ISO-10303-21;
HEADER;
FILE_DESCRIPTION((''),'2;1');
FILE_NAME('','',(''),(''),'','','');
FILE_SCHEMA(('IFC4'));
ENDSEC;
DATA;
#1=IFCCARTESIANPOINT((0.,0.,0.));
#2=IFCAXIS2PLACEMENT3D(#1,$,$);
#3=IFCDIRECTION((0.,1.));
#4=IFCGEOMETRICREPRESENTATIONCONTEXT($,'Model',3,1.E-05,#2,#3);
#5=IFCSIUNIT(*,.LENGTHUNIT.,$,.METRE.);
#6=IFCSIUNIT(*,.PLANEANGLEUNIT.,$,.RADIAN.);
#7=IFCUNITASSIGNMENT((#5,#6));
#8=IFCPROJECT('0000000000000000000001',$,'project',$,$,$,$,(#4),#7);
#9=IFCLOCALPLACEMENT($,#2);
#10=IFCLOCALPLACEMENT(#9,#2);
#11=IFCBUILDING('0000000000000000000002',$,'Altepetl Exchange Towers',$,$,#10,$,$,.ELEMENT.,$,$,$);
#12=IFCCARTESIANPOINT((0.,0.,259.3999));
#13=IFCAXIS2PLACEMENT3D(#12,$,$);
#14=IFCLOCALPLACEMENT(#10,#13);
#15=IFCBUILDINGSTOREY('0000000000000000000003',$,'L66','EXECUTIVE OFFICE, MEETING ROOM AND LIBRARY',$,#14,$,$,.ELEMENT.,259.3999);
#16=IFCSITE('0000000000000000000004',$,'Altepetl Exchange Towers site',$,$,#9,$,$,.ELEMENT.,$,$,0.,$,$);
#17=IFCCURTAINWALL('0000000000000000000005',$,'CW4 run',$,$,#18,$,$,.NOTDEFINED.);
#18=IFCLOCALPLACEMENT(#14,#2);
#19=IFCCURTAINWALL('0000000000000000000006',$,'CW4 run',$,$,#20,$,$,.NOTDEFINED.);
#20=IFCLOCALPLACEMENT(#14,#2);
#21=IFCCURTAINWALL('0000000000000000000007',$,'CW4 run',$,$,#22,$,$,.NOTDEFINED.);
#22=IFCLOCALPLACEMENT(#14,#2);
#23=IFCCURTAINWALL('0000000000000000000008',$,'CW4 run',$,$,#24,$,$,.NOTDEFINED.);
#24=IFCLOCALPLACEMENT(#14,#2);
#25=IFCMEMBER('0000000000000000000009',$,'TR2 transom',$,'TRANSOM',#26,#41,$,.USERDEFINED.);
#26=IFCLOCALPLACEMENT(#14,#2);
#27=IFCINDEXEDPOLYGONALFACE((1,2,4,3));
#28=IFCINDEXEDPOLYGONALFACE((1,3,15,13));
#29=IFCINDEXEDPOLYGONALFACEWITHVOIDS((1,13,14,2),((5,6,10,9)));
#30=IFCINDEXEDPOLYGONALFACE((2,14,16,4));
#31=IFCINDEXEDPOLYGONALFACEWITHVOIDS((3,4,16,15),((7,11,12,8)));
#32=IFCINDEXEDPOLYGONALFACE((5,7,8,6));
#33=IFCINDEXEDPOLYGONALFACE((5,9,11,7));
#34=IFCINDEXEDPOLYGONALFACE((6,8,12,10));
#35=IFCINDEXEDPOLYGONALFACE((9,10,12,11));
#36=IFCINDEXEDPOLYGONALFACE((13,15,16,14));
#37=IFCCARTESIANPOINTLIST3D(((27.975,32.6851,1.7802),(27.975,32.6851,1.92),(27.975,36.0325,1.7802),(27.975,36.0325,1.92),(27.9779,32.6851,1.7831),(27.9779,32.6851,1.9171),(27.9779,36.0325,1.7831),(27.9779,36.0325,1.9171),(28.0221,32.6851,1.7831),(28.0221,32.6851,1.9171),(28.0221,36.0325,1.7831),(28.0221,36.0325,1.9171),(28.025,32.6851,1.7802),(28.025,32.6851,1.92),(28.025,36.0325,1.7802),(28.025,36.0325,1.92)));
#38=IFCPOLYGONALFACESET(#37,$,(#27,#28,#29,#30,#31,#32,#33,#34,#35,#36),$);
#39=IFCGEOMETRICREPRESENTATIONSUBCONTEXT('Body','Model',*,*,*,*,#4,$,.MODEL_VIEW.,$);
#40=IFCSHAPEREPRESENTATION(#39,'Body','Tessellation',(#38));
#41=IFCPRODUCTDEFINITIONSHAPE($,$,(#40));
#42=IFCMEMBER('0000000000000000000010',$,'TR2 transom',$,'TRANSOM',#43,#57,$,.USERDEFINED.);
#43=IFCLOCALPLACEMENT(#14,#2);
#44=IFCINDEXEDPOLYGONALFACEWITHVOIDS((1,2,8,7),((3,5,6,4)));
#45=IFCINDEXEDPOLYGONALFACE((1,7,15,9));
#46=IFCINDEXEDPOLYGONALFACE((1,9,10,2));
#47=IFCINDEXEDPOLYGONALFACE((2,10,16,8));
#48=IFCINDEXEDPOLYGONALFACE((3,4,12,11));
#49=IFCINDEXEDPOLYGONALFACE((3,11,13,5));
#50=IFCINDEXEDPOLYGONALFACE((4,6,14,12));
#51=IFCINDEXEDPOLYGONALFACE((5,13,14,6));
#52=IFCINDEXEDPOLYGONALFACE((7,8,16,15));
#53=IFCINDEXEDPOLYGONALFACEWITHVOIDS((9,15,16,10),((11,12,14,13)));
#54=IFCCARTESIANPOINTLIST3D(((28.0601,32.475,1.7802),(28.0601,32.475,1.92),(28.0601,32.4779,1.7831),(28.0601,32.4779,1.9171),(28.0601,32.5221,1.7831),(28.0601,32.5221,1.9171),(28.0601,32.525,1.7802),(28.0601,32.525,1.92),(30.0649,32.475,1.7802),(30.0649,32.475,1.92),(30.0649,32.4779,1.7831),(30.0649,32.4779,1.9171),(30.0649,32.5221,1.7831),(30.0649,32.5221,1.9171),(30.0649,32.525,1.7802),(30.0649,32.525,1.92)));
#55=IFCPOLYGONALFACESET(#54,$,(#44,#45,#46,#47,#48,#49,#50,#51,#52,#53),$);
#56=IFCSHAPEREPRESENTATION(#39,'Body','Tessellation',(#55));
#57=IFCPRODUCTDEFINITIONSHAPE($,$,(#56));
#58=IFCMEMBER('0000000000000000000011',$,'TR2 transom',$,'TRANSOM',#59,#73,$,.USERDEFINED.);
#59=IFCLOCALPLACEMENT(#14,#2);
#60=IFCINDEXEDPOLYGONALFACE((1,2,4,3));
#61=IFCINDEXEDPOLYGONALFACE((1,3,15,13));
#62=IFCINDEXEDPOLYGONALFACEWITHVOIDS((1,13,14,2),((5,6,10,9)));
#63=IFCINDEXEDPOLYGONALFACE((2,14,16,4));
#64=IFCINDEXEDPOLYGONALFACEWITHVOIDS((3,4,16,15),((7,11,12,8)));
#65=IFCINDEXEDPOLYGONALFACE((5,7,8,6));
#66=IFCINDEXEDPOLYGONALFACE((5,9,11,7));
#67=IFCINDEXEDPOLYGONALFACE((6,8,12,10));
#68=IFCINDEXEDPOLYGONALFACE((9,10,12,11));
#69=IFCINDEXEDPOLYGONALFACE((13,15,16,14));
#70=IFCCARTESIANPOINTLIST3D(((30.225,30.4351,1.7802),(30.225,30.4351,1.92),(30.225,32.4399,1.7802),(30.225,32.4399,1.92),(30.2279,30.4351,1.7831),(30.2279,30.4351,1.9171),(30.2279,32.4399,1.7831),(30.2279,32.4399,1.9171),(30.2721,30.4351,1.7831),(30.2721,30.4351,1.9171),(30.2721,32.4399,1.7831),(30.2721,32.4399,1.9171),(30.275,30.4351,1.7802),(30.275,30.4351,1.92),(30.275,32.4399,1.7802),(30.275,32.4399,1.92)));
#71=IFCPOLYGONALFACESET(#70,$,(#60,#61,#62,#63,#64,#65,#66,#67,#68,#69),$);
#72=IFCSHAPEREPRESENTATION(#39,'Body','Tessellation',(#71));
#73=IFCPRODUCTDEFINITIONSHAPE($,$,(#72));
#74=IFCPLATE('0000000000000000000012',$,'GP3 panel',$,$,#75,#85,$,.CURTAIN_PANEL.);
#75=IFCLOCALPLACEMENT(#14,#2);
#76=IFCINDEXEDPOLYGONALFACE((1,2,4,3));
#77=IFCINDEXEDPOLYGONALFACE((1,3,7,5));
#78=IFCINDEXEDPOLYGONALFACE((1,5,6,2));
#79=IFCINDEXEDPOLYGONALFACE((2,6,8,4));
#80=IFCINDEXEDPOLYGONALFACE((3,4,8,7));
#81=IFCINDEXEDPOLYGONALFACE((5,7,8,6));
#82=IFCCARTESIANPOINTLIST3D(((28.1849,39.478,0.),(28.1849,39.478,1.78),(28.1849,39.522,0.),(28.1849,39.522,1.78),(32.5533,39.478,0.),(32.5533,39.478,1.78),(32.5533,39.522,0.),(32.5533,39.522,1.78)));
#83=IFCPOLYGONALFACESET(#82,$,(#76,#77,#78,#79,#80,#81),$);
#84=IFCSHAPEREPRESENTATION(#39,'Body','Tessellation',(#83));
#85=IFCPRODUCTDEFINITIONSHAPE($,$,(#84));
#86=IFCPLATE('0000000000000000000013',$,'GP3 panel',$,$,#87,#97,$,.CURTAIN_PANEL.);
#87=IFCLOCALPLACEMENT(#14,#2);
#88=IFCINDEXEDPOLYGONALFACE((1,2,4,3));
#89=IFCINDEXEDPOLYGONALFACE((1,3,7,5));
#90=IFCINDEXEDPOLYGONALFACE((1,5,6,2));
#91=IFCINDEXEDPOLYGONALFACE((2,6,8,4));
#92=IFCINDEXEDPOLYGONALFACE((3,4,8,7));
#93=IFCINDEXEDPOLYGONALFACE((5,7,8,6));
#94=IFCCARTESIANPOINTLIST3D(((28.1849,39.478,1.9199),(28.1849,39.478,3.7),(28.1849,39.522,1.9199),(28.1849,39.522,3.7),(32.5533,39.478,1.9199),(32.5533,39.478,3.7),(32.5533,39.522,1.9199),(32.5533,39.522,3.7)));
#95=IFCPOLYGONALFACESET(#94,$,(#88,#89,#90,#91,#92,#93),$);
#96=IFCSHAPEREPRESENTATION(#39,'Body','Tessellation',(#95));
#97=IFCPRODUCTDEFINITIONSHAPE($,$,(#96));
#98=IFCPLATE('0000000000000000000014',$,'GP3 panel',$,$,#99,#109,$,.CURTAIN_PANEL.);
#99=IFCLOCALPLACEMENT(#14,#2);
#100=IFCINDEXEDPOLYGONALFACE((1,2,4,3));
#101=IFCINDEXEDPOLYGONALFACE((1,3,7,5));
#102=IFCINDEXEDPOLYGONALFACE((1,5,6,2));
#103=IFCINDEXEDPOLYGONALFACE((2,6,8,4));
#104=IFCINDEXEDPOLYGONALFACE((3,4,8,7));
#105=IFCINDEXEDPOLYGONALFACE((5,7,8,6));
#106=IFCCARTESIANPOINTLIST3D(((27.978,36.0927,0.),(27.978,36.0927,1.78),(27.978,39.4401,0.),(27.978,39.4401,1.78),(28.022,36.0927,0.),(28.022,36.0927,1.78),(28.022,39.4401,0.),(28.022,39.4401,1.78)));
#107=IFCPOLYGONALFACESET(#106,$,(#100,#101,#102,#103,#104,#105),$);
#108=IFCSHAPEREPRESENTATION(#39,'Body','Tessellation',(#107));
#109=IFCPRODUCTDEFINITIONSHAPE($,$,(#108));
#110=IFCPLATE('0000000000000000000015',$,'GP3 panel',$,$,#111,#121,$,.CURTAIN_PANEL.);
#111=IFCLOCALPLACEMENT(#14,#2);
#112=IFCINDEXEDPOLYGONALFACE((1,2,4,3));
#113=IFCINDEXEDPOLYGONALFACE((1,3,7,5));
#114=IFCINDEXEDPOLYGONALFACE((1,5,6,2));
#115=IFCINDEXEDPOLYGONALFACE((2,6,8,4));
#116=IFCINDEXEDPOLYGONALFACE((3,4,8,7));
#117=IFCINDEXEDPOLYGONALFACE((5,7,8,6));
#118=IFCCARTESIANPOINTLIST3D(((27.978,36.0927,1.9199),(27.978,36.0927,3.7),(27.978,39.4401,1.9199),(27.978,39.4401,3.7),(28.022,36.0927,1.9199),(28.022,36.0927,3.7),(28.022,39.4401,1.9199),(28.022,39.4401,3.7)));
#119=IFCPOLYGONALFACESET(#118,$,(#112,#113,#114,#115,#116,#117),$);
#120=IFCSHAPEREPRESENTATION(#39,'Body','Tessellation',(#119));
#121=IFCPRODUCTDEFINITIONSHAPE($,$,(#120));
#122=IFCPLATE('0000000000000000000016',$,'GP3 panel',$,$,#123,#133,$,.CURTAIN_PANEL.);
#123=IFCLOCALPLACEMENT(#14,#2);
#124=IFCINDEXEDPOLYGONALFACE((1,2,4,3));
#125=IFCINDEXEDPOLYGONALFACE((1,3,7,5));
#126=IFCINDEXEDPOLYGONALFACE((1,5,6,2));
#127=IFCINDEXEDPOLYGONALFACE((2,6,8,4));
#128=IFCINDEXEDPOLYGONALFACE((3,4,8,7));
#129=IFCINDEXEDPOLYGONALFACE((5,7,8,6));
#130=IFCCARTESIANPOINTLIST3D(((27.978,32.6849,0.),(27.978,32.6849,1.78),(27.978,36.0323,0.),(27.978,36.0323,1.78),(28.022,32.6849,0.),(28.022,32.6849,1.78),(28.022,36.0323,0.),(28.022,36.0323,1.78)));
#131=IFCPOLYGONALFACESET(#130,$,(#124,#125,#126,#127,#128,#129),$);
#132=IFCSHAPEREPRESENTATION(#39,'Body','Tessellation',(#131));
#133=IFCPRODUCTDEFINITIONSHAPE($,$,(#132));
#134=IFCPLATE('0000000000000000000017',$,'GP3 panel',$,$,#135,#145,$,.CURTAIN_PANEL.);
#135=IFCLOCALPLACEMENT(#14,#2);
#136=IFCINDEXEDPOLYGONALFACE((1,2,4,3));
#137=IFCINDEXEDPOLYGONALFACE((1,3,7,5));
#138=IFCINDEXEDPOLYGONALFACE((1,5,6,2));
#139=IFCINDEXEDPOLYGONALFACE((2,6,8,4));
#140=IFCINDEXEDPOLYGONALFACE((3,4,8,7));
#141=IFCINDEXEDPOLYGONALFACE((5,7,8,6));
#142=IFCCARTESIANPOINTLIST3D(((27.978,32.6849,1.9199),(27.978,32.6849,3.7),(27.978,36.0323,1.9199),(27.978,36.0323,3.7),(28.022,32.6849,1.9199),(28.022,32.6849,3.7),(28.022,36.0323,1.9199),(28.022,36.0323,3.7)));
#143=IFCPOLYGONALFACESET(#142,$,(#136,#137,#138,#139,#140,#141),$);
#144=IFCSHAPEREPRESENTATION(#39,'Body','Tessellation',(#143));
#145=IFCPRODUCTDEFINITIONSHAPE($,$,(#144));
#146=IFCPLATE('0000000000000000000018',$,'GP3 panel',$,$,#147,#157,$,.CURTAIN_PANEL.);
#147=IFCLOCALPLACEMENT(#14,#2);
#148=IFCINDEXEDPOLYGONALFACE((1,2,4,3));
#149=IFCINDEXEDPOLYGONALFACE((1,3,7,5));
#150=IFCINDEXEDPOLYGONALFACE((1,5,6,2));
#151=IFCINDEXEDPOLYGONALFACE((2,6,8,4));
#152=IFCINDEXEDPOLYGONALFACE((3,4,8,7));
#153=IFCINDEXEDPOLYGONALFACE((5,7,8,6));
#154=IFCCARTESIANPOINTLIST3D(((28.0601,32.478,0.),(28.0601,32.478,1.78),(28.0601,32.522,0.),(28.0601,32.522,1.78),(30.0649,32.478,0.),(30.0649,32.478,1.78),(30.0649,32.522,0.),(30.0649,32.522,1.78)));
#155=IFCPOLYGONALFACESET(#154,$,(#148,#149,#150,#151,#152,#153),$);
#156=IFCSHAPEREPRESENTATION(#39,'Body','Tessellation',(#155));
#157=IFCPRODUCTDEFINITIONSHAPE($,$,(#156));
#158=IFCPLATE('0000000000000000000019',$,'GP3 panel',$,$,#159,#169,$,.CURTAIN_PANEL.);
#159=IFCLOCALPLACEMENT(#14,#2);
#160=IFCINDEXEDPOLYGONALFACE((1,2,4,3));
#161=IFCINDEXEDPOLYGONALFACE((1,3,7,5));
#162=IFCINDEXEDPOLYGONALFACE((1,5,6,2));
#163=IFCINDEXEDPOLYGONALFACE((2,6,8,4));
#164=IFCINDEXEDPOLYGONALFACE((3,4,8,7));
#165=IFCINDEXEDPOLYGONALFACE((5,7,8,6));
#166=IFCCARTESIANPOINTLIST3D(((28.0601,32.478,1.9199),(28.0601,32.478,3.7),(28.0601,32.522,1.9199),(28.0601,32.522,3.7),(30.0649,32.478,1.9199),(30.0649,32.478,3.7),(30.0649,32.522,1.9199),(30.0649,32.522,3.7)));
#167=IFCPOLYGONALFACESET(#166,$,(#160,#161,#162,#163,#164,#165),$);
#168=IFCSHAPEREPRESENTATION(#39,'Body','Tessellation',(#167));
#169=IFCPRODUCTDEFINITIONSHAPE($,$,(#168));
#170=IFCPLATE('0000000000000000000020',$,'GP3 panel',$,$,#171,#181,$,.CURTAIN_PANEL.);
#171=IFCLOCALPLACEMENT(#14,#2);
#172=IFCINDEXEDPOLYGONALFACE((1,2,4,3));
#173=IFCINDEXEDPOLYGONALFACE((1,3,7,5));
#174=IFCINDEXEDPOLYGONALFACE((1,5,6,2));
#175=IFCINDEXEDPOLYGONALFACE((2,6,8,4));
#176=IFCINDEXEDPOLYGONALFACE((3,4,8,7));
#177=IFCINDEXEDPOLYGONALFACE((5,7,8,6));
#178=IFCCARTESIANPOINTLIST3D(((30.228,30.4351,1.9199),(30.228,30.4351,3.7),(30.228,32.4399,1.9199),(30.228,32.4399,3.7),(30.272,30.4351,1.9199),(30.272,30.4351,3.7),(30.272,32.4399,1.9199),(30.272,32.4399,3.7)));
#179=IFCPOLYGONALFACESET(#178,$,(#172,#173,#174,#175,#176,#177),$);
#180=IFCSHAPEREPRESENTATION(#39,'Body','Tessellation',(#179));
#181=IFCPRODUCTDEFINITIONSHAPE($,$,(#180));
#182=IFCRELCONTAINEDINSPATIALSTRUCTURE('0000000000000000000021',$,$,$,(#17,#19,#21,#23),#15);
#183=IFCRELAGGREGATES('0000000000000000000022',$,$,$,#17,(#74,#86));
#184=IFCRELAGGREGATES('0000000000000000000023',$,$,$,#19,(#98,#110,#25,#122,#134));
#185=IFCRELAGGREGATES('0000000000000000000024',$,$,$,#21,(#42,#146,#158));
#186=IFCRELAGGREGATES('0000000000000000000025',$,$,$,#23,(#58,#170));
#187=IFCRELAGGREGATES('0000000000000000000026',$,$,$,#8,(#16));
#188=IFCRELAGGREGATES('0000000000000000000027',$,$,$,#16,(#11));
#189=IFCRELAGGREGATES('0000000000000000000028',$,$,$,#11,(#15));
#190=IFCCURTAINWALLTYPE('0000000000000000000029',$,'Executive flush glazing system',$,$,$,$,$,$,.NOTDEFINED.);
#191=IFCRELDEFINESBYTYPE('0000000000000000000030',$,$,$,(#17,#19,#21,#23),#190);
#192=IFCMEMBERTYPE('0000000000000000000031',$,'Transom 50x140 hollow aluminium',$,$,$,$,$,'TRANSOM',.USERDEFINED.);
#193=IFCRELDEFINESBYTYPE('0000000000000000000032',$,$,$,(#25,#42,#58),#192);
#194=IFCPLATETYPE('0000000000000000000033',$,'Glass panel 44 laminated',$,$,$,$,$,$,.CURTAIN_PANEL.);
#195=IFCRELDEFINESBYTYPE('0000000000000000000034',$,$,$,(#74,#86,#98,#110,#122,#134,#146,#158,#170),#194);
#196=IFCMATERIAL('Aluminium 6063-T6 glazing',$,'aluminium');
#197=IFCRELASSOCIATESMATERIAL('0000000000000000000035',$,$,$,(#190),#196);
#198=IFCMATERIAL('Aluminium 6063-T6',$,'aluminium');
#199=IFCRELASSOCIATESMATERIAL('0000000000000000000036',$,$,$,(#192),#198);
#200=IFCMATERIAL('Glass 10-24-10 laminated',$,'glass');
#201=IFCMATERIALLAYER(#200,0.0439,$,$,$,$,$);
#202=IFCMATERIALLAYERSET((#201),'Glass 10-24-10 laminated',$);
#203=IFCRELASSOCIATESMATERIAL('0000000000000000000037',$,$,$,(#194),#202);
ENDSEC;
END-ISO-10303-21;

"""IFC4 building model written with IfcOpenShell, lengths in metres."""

from ifc_helpers import new_model, si_unit, direction, frame, origin, origin_2d, place, context, subcontext, project, spatial, rectangle, hollow_rectangle, extrude, material, layer, layer_set, material_profile, profile_set, type_object, element, aggregate, save


model = new_model("IFC4")

# Units and contexts
model_context = context("Model", 3, precision=1e-05, world=origin(), true_north=direction((0.0, 1.0)))
body_context = subcontext(model_context, "Body", "Model", "MODEL_VIEW")
ifc_project = project(units=[si_unit("LENGTHUNIT", "METRE"), si_unit("PLANEANGLEUNIT", "RADIAN")], contexts=[model_context])

# Site, building, storey
site_placement = place(None, origin())
site = spatial("IfcSite", under=ifc_project, at=site_placement, Name="Altepetl Exchange Towers site", CompositionType="ELEMENT", RefElevation=0.0)
building_placement = place(site_placement, origin())
building = spatial("IfcBuilding", under=site, at=building_placement, Name="Altepetl Exchange Towers", CompositionType="ELEMENT")
storey_placement = place(building_placement, frame((0.0, 0.0, 259.3999)))
storey = spatial("IfcBuildingStorey", under=building, at=storey_placement, Name="L66", Description="EXECUTIVE OFFICE, MEETING ROOM AND LIBRARY", CompositionType="ELEMENT", Elevation=259.3999)

# Curtain wall
ifc_material_1 = material(Name="Aluminium 6063-T6 glazing", Category="aluminium")
curtain_wall_type = type_object("IfcCurtainWallType", Name="Executive flush glazing system", PredefinedType="NOTDEFINED", material=ifc_material_1)
curtain_wall_1_placement = place(storey_placement, origin())
curtain_wall_1 = element("IfcCurtainWall", 1, at=curtain_wall_1_placement, inside=storey, type_object=curtain_wall_type, Name="CW4 run", PredefinedType="NOTDEFINED")
ifc_material_2 = material(Name="Aluminium 6063-T6", Category="aluminium")

# Curtain walls
curtain_wall_2_placement = place(storey_placement, origin())
curtain_wall_2 = element("IfcCurtainWall", 2, at=curtain_wall_2_placement, inside=storey, type_object=curtain_wall_type, Name="CW4 run", PredefinedType="NOTDEFINED")
curtain_wall_3_placement = place(storey_placement, origin())
curtain_wall_3 = element("IfcCurtainWall", 3, at=curtain_wall_3_placement, inside=storey, type_object=curtain_wall_type, Name="CW4 run", PredefinedType="NOTDEFINED")

# Curtain wall
curtain_wall_4_placement = place(storey_placement, origin())
curtain_wall_4 = element("IfcCurtainWall", 4, at=curtain_wall_4_placement, inside=storey, type_object=curtain_wall_type, Name="CW4 run", PredefinedType="NOTDEFINED")

# Members
ifc_material_profile_1 = material_profile(ifc_material_2, hollow_rectangle(XDim=0.05, YDim=0.1399, WallThickness=0.0029, at=origin_2d()), Name="Transom 50x140 hollow aluminium")
ifc_profile_set_1 = profile_set([ifc_material_profile_1], Name="Aluminium 6063-T6")
member_type_1 = type_object("IfcMemberType", Name="Transom 50x140 hollow aluminium", ElementType="TRANSOM", PredefinedType="USERDEFINED", material=ifc_profile_set_1)
member_1_placement = place(storey_placement, frame((28.0, 36.0325, 1.8501), z_axis=(0.0, -1.0, 0.0), x_axis=(1.0, 0.0, 0.0)))
member_1 = element("IfcMember", 5, at=member_1_placement, type_object=member_type_1, Name="TR2 transom", ObjectType="TRANSOM", PredefinedType="USERDEFINED", context=body_context, shape_type="SweptSolid", body=[
    extrude(hollow_rectangle(XDim=0.05, YDim=0.1399, WallThickness=0.0029, at=origin_2d()), origin(), (0.0, 0.0, 1.0), 3.3474),
])
member_2_placement = place(storey_placement, frame((28.0601, 32.5, 1.8501), z_axis=(1.0, 0.0, 0.0), x_axis=(0.0, 1.0, 0.0)))
member_2 = element("IfcMember", 6, at=member_2_placement, type_object=member_type_1, Name="TR2 transom", ObjectType="TRANSOM", PredefinedType="USERDEFINED", context=body_context, shape_type="SweptSolid", body=[
    extrude(hollow_rectangle(XDim=0.05, YDim=0.1399, WallThickness=0.0029, at=origin_2d()), origin(), (0.0, 0.0, 1.0), 2.0049),
])
member_3_placement = place(storey_placement, frame((30.25, 32.4399, 1.8501), z_axis=(0.0, -1.0, 0.0), x_axis=(1.0, 0.0, 0.0)))
member_3 = element("IfcMember", 7, at=member_3_placement, type_object=member_type_1, Name="TR2 transom", ObjectType="TRANSOM", PredefinedType="USERDEFINED", context=body_context, shape_type="SweptSolid", body=[
    extrude(hollow_rectangle(XDim=0.05, YDim=0.1399, WallThickness=0.0029, at=origin_2d()), origin(), (0.0, 0.0, 1.0), 2.0049),
])

# Plates
ifc_material_3 = material(Name="Glass 10-24-10 laminated", Category="glass")
ifc_layer = layer(ifc_material_3, 0.0439)
ifc_layer_set = layer_set([ifc_layer], Name="Glass 10-24-10 laminated")
plate_type = type_object("IfcPlateType", Name="Glass panel 44 laminated", PredefinedType="CURTAIN_PANEL", material=ifc_layer_set)
plate_1_placement = place(storey_placement, frame((30.3691, 39.5, 0.0), z_axis=(0.0, 0.0, 1.0), x_axis=(-1.0, 0.0, 0.0)))
plate_1 = element("IfcPlate", 8, at=plate_1_placement, type_object=plate_type, Name="GP3 panel", PredefinedType="CURTAIN_PANEL", context=body_context, shape_type="SweptSolid", body=[
    extrude(rectangle(XDim=4.3684, YDim=0.0439, at=origin_2d()), origin(), (0.0, 0.0, 1.0), 1.78),
])
plate_2_placement = place(storey_placement, frame((30.3691, 39.5, 1.9199), z_axis=(0.0, 0.0, 1.0), x_axis=(-1.0, 0.0, 0.0)))
plate_2 = element("IfcPlate", 9, at=plate_2_placement, type_object=plate_type, Name="GP3 panel", PredefinedType="CURTAIN_PANEL", context=body_context, shape_type="SweptSolid", body=[
    extrude(rectangle(XDim=4.3684, YDim=0.0439, at=origin_2d()), origin(), (0.0, 0.0, 1.0), 1.78),
])
aggregate(curtain_wall_1, [plate_1, plate_2])
plate_3_placement = place(storey_placement, frame((28.0, 37.7664, 0.0), z_axis=(0.0, 0.0, 1.0), x_axis=(0.0, -1.0, 0.0)))
plate_3 = element("IfcPlate", 10, at=plate_3_placement, type_object=plate_type, Name="GP3 panel", PredefinedType="CURTAIN_PANEL", context=body_context, shape_type="SweptSolid", body=[
    extrude(rectangle(XDim=3.3474, YDim=0.0439, at=origin_2d()), origin(), (0.0, 0.0, 1.0), 1.78),
])
plate_4_placement = place(storey_placement, frame((28.0, 37.7664, 1.9199), z_axis=(0.0, 0.0, 1.0), x_axis=(0.0, -1.0, 0.0)))
plate_4 = element("IfcPlate", 11, at=plate_4_placement, type_object=plate_type, Name="GP3 panel", PredefinedType="CURTAIN_PANEL", context=body_context, shape_type="SweptSolid", body=[
    extrude(rectangle(XDim=3.3474, YDim=0.0439, at=origin_2d()), origin(), (0.0, 0.0, 1.0), 1.78),
])
plate_5_placement = place(storey_placement, frame((28.0, 34.3586, 0.0), z_axis=(0.0, 0.0, 1.0), x_axis=(0.0, -1.0, 0.0)))
plate_5 = element("IfcPlate", 12, at=plate_5_placement, type_object=plate_type, Name="GP3 panel", PredefinedType="CURTAIN_PANEL", context=body_context, shape_type="SweptSolid", body=[
    extrude(rectangle(XDim=3.3474, YDim=0.0439, at=origin_2d()), origin(), (0.0, 0.0, 1.0), 1.78),
])
plate_6_placement = place(storey_placement, frame((28.0, 34.3586, 1.9199), z_axis=(0.0, 0.0, 1.0), x_axis=(0.0, -1.0, 0.0)))
plate_6 = element("IfcPlate", 13, at=plate_6_placement, type_object=plate_type, Name="GP3 panel", PredefinedType="CURTAIN_PANEL", context=body_context, shape_type="SweptSolid", body=[
    extrude(rectangle(XDim=3.3474, YDim=0.0439, at=origin_2d()), origin(), (0.0, 0.0, 1.0), 1.78),
])
aggregate(curtain_wall_2, [plate_3, plate_4, member_1, plate_5, plate_6])
plate_7_placement = place(storey_placement, frame((29.0625, 32.5, 0.0)))
plate_7 = element("IfcPlate", 14, at=plate_7_placement, type_object=plate_type, Name="GP3 panel", PredefinedType="CURTAIN_PANEL", context=body_context, shape_type="SweptSolid", body=[
    extrude(rectangle(XDim=2.0049, YDim=0.0439, at=origin_2d()), origin(), (0.0, 0.0, 1.0), 1.78),
])
plate_8_placement = place(storey_placement, frame((29.0625, 32.5, 1.9199)))
plate_8 = element("IfcPlate", 15, at=plate_8_placement, type_object=plate_type, Name="GP3 panel", PredefinedType="CURTAIN_PANEL", context=body_context, shape_type="SweptSolid", body=[
    extrude(rectangle(XDim=2.0049, YDim=0.0439, at=origin_2d()), origin(), (0.0, 0.0, 1.0), 1.78),
])
aggregate(curtain_wall_3, [member_2, plate_7, plate_8])
plate_9_placement = place(storey_placement, frame((30.25, 31.4375, 1.9199), z_axis=(0.0, 0.0, 1.0), x_axis=(0.0, -1.0, 0.0)))
plate_9 = element("IfcPlate", 16, at=plate_9_placement, type_object=plate_type, Name="GP3 panel", PredefinedType="CURTAIN_PANEL", context=body_context, shape_type="SweptSolid", body=[
    extrude(rectangle(XDim=2.0049, YDim=0.0439, at=origin_2d()), origin(), (0.0, 0.0, 1.0), 1.78),
])
aggregate(curtain_wall_4, [member_3, plate_9])

save(model, "model.ifc")
